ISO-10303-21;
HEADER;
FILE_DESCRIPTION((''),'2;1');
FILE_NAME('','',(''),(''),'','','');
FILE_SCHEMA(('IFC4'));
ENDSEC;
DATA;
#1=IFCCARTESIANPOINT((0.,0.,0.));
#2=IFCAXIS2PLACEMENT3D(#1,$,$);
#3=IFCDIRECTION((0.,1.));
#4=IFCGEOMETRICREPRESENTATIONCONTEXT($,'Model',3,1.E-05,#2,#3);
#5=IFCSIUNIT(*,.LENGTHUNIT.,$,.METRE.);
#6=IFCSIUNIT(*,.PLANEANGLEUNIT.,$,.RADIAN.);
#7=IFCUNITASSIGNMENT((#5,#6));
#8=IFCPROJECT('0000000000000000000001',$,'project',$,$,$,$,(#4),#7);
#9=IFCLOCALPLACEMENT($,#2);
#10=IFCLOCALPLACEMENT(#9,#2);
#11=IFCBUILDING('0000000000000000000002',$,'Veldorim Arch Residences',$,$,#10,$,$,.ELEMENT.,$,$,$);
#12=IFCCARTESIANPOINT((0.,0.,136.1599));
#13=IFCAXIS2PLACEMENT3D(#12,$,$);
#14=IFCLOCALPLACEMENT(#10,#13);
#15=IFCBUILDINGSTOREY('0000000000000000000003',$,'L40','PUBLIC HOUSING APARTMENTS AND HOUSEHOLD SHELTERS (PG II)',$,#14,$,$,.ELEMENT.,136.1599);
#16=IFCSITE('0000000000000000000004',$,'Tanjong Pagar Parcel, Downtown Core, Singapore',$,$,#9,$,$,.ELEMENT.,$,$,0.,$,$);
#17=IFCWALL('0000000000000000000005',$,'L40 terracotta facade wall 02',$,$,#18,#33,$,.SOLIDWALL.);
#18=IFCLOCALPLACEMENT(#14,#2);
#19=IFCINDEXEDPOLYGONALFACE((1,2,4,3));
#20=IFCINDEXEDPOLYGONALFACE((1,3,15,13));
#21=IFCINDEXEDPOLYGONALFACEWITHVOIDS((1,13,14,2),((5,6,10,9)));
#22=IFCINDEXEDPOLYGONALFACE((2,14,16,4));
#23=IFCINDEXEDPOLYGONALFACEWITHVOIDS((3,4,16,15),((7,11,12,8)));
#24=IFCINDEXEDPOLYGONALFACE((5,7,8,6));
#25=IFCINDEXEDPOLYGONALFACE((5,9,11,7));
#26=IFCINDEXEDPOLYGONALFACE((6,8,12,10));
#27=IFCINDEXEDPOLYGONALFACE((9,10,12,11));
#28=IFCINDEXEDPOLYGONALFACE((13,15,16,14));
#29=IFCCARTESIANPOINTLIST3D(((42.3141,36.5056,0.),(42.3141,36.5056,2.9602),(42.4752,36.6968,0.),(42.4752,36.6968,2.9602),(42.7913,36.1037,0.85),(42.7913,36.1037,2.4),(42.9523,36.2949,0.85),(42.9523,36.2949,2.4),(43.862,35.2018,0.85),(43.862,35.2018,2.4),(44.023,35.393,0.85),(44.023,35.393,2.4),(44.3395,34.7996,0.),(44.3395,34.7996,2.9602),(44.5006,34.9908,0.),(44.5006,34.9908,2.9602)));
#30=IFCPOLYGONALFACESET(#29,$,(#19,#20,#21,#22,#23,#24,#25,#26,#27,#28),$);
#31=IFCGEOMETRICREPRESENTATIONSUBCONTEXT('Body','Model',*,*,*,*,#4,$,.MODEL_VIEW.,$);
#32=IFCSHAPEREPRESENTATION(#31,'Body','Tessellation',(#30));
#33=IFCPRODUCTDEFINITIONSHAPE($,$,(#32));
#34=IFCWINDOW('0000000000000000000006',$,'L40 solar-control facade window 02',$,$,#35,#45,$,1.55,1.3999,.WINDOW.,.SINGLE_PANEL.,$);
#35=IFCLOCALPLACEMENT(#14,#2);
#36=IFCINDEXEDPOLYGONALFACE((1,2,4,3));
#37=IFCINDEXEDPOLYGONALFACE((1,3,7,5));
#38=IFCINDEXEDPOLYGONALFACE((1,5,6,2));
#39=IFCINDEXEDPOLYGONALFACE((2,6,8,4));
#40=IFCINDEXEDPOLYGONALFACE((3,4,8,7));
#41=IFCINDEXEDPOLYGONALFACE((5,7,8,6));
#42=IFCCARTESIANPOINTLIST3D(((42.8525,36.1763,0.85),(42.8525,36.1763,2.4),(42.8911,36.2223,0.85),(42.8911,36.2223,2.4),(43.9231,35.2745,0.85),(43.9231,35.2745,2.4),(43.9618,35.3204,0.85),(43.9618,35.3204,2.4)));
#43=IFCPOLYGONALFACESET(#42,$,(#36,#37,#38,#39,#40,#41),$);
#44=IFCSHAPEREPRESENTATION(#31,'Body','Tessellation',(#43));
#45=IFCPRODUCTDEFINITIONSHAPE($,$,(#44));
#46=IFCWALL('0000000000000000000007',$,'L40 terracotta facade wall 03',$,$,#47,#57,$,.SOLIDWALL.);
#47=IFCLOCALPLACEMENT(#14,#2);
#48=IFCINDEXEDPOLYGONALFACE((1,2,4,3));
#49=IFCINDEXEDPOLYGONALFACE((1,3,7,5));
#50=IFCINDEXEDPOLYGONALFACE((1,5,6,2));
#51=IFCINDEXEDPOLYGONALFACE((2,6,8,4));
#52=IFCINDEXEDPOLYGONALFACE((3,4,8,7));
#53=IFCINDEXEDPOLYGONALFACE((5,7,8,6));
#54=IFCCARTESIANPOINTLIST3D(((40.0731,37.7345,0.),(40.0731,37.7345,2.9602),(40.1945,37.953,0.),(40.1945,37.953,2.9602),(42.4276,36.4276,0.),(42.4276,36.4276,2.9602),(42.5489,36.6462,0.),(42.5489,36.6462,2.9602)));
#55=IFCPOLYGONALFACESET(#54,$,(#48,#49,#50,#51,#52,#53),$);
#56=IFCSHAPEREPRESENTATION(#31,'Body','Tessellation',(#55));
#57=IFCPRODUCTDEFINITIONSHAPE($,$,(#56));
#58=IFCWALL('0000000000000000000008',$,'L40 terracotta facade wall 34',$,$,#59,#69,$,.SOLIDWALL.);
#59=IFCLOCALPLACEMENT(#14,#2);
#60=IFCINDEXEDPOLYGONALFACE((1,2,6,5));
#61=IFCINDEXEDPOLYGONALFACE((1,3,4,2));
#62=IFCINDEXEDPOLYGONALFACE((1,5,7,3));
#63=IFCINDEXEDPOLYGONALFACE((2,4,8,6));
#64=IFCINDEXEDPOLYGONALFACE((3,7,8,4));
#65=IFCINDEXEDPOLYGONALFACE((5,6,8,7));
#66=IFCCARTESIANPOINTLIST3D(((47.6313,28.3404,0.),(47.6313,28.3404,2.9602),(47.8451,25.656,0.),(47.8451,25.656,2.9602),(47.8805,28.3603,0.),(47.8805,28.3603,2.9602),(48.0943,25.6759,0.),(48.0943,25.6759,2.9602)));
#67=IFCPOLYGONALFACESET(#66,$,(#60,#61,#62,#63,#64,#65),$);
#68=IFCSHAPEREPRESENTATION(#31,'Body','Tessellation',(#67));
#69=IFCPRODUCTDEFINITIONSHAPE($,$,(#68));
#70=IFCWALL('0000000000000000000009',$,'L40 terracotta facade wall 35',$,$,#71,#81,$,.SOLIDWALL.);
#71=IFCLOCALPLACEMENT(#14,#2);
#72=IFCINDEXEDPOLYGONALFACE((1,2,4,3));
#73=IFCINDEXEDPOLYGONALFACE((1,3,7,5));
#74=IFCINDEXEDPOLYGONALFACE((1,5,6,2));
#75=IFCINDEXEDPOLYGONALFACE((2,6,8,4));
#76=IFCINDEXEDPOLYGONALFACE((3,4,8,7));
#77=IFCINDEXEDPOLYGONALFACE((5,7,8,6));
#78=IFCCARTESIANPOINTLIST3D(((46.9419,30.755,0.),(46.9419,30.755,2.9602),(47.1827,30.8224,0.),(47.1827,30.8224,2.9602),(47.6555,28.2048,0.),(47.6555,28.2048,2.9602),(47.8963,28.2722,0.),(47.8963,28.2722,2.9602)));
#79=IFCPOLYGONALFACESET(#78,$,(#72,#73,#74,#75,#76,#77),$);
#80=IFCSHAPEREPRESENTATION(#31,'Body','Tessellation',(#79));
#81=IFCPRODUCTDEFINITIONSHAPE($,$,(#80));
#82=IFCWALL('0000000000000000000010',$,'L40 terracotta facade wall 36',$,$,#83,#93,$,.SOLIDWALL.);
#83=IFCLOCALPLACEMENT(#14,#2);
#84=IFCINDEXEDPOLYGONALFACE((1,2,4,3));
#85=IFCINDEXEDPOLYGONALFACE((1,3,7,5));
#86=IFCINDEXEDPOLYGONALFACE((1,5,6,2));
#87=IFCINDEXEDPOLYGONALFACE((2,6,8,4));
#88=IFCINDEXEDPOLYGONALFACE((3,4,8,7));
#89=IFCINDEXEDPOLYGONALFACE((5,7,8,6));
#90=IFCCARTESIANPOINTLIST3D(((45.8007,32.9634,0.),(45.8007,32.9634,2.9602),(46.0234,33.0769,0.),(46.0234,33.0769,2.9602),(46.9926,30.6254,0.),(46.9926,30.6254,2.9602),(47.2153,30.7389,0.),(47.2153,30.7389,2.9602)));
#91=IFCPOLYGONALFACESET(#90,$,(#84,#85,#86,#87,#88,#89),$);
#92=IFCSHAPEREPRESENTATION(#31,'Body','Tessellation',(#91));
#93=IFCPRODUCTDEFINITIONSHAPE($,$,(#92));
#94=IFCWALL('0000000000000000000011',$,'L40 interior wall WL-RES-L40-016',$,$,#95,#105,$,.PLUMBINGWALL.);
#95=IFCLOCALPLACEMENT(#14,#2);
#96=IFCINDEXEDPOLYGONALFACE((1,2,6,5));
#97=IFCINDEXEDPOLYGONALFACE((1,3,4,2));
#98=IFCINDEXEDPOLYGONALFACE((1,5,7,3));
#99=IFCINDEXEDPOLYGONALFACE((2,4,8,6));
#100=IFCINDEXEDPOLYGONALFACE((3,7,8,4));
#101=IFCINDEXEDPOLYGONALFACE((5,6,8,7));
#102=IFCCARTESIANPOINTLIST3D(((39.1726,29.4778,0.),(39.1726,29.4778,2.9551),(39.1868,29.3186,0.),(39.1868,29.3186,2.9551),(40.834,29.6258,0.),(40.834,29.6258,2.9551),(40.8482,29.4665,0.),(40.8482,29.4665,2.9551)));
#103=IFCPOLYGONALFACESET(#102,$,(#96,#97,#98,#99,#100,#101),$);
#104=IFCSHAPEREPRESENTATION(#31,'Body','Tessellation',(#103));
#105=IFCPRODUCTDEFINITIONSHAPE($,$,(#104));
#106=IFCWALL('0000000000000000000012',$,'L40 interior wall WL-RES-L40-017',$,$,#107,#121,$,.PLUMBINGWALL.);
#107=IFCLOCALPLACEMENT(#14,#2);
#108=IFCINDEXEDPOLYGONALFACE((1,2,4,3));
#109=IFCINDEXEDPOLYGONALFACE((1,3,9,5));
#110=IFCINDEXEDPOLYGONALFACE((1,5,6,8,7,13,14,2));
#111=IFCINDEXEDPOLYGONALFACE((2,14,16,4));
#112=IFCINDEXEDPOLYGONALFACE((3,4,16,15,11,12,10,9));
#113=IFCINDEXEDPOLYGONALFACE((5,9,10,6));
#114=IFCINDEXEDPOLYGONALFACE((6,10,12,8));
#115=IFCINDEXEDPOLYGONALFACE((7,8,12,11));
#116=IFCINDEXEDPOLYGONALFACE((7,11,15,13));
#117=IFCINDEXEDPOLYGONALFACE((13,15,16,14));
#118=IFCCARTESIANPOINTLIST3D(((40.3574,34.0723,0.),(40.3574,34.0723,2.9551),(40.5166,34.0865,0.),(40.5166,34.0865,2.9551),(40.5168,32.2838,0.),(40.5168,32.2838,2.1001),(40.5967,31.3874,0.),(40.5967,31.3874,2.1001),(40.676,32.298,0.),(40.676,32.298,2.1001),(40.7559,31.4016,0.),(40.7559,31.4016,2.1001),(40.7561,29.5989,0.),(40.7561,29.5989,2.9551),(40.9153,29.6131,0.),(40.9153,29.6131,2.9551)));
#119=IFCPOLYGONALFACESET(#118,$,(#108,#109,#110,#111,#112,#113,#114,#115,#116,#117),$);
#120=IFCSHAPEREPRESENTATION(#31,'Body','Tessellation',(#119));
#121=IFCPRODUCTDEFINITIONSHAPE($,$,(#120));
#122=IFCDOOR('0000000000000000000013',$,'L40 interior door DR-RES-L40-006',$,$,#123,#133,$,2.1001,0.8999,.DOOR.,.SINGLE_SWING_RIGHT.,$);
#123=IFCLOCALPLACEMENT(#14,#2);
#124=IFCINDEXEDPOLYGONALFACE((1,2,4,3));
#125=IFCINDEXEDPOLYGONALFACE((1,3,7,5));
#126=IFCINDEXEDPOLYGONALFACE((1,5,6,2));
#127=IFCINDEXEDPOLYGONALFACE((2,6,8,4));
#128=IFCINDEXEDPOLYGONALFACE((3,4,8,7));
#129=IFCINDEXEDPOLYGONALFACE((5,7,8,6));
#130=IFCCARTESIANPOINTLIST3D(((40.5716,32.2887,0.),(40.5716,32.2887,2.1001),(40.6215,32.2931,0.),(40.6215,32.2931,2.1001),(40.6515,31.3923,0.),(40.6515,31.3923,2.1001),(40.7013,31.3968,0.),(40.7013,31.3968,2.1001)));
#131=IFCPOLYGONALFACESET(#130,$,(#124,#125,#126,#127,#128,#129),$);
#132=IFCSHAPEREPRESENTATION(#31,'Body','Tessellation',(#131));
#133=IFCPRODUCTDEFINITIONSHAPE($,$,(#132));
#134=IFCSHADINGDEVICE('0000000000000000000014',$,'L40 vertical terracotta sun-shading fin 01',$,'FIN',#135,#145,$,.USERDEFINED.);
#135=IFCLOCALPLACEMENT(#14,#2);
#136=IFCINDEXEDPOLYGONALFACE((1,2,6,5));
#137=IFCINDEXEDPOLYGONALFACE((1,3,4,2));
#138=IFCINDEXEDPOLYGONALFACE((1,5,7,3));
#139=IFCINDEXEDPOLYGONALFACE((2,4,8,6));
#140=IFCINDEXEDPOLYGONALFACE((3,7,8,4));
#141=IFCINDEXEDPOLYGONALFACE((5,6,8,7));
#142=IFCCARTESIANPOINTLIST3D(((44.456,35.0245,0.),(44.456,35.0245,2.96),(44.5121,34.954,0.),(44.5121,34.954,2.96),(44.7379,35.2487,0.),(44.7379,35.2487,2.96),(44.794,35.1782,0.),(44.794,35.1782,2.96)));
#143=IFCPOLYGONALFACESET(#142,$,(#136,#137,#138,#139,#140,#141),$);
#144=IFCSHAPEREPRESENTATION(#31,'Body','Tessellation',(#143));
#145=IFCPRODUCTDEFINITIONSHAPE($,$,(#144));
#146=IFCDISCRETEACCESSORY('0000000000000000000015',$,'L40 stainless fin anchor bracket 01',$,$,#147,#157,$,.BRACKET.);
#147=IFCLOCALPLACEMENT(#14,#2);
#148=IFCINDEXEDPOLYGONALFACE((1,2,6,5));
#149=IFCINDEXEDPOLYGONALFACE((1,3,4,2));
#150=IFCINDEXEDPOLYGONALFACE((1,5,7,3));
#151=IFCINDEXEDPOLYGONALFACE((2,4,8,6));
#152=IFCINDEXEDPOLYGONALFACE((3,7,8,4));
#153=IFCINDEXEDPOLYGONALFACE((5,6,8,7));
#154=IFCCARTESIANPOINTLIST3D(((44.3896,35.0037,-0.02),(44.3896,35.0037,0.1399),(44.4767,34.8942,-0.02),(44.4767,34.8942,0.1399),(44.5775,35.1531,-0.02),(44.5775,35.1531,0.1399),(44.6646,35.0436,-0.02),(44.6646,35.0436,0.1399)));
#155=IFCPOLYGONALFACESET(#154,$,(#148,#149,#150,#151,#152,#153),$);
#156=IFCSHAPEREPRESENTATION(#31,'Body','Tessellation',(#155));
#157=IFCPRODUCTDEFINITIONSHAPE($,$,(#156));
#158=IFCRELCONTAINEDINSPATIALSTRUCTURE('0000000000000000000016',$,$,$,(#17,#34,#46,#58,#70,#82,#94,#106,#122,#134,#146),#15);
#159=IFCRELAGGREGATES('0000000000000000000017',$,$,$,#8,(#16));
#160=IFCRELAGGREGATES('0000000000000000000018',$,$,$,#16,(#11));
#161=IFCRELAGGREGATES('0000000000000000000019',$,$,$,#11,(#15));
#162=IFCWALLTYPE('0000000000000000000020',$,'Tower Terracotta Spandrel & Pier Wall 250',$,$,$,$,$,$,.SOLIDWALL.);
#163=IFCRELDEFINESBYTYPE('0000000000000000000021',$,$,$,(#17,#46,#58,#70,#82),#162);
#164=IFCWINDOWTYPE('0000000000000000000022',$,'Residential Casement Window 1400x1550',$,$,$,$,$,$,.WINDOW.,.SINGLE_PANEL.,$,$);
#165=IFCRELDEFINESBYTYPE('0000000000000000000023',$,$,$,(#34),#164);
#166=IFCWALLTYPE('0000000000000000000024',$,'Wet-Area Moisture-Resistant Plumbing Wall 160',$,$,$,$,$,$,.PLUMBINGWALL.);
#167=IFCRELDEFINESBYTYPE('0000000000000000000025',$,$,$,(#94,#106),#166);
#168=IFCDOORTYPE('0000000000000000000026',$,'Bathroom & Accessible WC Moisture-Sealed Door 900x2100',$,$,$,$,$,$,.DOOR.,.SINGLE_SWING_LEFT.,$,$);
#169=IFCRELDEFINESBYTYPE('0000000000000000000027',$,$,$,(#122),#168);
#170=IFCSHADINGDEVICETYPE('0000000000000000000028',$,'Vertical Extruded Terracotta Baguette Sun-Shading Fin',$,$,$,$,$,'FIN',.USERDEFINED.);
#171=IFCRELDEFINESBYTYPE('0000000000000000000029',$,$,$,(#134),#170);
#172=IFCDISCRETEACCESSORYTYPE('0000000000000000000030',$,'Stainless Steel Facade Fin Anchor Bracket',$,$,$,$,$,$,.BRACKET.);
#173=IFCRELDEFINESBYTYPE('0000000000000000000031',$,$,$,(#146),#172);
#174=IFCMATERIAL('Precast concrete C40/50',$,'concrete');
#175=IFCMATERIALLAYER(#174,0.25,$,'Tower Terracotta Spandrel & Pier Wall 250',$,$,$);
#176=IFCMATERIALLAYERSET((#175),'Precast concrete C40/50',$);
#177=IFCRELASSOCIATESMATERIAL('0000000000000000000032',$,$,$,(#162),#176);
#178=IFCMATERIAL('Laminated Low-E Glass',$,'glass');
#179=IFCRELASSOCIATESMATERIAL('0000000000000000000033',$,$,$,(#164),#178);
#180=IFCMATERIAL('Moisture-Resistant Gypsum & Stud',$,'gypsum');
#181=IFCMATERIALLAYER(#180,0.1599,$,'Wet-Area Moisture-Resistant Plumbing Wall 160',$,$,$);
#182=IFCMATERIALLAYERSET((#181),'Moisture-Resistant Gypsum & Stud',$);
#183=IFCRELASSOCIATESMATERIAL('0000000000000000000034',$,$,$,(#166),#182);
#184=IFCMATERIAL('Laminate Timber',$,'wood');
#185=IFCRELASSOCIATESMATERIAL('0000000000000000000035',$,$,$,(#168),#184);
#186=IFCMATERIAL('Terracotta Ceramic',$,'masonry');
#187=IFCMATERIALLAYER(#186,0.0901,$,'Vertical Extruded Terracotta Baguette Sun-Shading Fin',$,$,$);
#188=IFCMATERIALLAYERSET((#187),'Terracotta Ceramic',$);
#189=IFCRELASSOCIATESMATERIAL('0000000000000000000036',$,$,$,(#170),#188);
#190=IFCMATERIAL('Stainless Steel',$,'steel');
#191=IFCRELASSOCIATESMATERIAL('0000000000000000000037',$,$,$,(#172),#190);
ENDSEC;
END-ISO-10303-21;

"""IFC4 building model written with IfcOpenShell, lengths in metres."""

from ifc_helpers import new_model, si_unit, direction, frame, frame_2d, origin, origin_2d, place, context, subcontext, project, spatial, rectangle, extrude, material, layer, layer_set, type_object, element, fill, save


model = new_model("IFC4")

# Units and contexts
model_context = context("Model", 3, precision=1e-05, world=origin(), true_north=direction((0.0, 1.0)))
body_context = subcontext(model_context, "Body", "Model", "MODEL_VIEW")
ifc_project = project(units=[si_unit("LENGTHUNIT", "METRE"), si_unit("PLANEANGLEUNIT", "RADIAN")], contexts=[model_context])

# Site, building, storey
site_placement = place(None, origin())
site = spatial("IfcSite", under=ifc_project, at=site_placement, Name="Tanjong Pagar Parcel, Downtown Core, Singapore", CompositionType="ELEMENT", RefElevation=0.0)
building_placement = place(site_placement, origin())
building = spatial("IfcBuilding", under=site, at=building_placement, Name="Veldorim Arch Residences", CompositionType="ELEMENT")
storey_placement = place(building_placement, frame((0.0, 0.0, 136.1599)))
storey = spatial("IfcBuildingStorey", under=building, at=storey_placement, Name="L40", Description="PUBLIC HOUSING APARTMENTS AND HOUSEHOLD SHELTERS (PG II)", CompositionType="ELEMENT", Elevation=136.1599)

# Wall, opening, window
ifc_material_1 = material(Name="Precast concrete C40/50", Category="concrete")
ifc_layer_1 = layer(ifc_material_1, 0.25, Name="Tower Terracotta Spandrel & Pier Wall 250")
ifc_layer_set_1 = layer_set([ifc_layer_1], Name="Precast concrete C40/50")
wall_type_1 = type_object("IfcWallType", Name="Tower Terracotta Spandrel & Pier Wall 250", PredefinedType="SOLIDWALL", material=ifc_layer_set_1)
wall_1_placement = place(storey_placement, frame((42.3945, 36.6013, 0.0), z_axis=(0.0, 0.0, 1.0), x_axis=(0.764825, -0.644238, 0.0)))
wall_1 = element("IfcWall", 1, at=wall_1_placement, inside=storey, type_object=wall_type_1, Name="L40 terracotta facade wall 02", PredefinedType="SOLIDWALL", context=body_context, shape_type="SweptSolid", body=[
    extrude(rectangle(XDim=2.6482, YDim=0.25, at=frame_2d((1.3242, 0.0))), origin(), (0.0, 0.0, 1.0), 2.9602),
])
opening_1_placement = place(wall_1_placement, frame((0.624, 0.0, 0.8501)))
opening_1 = element("IfcOpeningElement", 2, at=opening_1_placement, cuts=wall_1, PredefinedType="OPENING", context=body_context, shape_type="SweptSolid", body=[
    extrude(rectangle(XDim=1.3999, YDim=1.55, at=frame_2d((0.7, 0.7749))), frame((0.0, 0.135, 0.0), z_axis=(0.0, -1.0, 0.0), x_axis=(1.0, 0.0, 0.0)), (0.0, 0.0, 1.0), 0.27),
])
ifc_material_2 = material(Name="Laminated Low-E Glass", Category="glass")
window_type = type_object("IfcWindowType", Name="Residential Casement Window 1400x1550", PartitioningType="SINGLE_PANEL", PredefinedType="WINDOW", material=ifc_material_2)
window_placement = place(opening_1_placement, origin())
window = element("IfcWindow", 3, at=window_placement, inside=storey, type_object=window_type, Name="L40 solar-control facade window 02", OverallHeight=1.55, OverallWidth=1.3999, PartitioningType="SINGLE_PANEL", PredefinedType="WINDOW", context=body_context, shape_type="SweptSolid", body=[
    extrude(rectangle(XDim=1.3999, YDim=1.55, at=frame_2d((0.7, 0.7749))), frame((0.0, 0.03, 0.0), z_axis=(0.0, -1.0, 0.0), x_axis=(1.0, 0.0, 0.0)), (0.0, 0.0, 1.0), 0.0601),
])
fill(opening_1, window)

# Walls
for number, where, z_axis, x_axis, name in (
    (4, (40.1338, 37.8438, 0.0), (0.0, 0.0, 1.0), (0.874341, -0.485312, 0.0), "L40 terracotta facade wall 03"),
    (5, (47.7559, 28.3503, 0.0), (0.0, 0.0, 1.0), (0.079421, -0.996841, 0.0), "L40 terracotta facade wall 34"),
):
    element("IfcWall", number, at=place(storey_placement, frame(where, z_axis=z_axis, x_axis=x_axis)), inside=storey, type_object=wall_type_1, Name=name, PredefinedType="SOLIDWALL", context=body_context, shape_type="SweptSolid", body=[
        extrude(rectangle(XDim=2.6929, YDim=0.25, at=frame_2d((1.3464, 0.0))), origin(), (0.0, 0.0, 1.0), 2.9602),
    ])
wall_2_placement = place(storey_placement, frame((47.0623, 30.7888, 0.0), z_axis=(0.0, 0.0, 1.0), x_axis=(0.269469, -0.963009, 0.0)))
element("IfcWall", 6, at=wall_2_placement, inside=storey, type_object=wall_type_1, Name="L40 terracotta facade wall 35", PredefinedType="SOLIDWALL", context=body_context, shape_type="SweptSolid", body=[
    extrude(rectangle(XDim=2.6482, YDim=0.25, at=frame_2d((1.3242, 0.0))), origin(), (0.0, 0.0, 1.0), 2.9602),
])
wall_3_placement = place(storey_placement, frame((45.9121, 33.02, 0.0), z_axis=(0.0, 0.0, 1.0), x_axis=(0.454196, -0.890902, 0.0)))
element("IfcWall", 7, at=wall_3_placement, inside=storey, type_object=wall_type_1, Name="L40 terracotta facade wall 36", PredefinedType="SOLIDWALL", context=body_context, shape_type="SweptSolid", body=[
    extrude(rectangle(XDim=2.6243, YDim=0.25, at=frame_2d((1.312, 0.0))), origin(), (0.0, 0.0, 1.0), 2.9602),
])
ifc_material_3 = material(Name="Moisture-Resistant Gypsum & Stud", Category="gypsum")
ifc_layer_2 = layer(ifc_material_3, 0.1599, Name="Wet-Area Moisture-Resistant Plumbing Wall 160")
ifc_layer_set_2 = layer_set([ifc_layer_2], Name="Moisture-Resistant Gypsum & Stud")
wall_type_2 = type_object("IfcWallType", Name="Wet-Area Moisture-Resistant Plumbing Wall 160", PredefinedType="PLUMBINGWALL", material=ifc_layer_set_2)
wall_4_placement = place(storey_placement, frame((39.1797, 29.3982, 0.0), z_axis=(0.0, 0.0, 1.0), x_axis=(0.996058, 0.088701, 0.0)))
element("IfcWall", 8, at=wall_4_placement, inside=storey, type_object=wall_type_2, Name="L40 interior wall WL-RES-L40-016", PredefinedType="PLUMBINGWALL", context=body_context, shape_type="SweptSolid", body=[
    extrude(rectangle(XDim=1.668, YDim=0.1599, at=frame_2d((0.834, 0.0))), origin(), (0.0, 0.0, 1.0), 2.9551),
])

# Wall, opening, door
wall_5_placement = place(storey_placement, frame((40.8357, 29.606, 0.0), z_axis=(0.0, 0.0, 1.0), x_axis=(-0.088771, 0.996052, 0.0)))
wall_5 = element("IfcWall", 9, at=wall_5_placement, inside=storey, type_object=wall_type_2, Name="L40 interior wall WL-RES-L40-017", PredefinedType="PLUMBINGWALL", context=body_context, shape_type="SweptSolid", body=[
    extrude(rectangle(XDim=4.4912, YDim=0.1599, at=frame_2d((2.2456, 0.0))), origin(), (0.0, 0.0, 1.0), 2.9551),
])
opening_2_placement = place(wall_5_placement, frame((1.7957, 0.0, 0.0)))
opening_2 = element("IfcOpeningElement", 10, at=opening_2_placement, cuts=wall_5, PredefinedType="OPENING", context=body_context, shape_type="SweptSolid", body=[
    extrude(rectangle(XDim=0.8999, YDim=2.1001, at=frame_2d((0.45, 1.05))), frame((0.0, 0.0898, 0.0), z_axis=(0.0, -1.0, 0.0), x_axis=(1.0, 0.0, 0.0)), (0.0, 0.0, 1.0), 0.1799),
])
ifc_material_4 = material(Name="Laminate Timber", Category="wood")
door_type = type_object("IfcDoorType", Name="Bathroom & Accessible WC Moisture-Sealed Door 900x2100", OperationType="SINGLE_SWING_LEFT", PredefinedType="DOOR", material=ifc_material_4)
door_placement = place(opening_2_placement, origin())
door = element("IfcDoor", 11, at=door_placement, inside=storey, type_object=door_type, Name="L40 interior door DR-RES-L40-006", OperationType="SINGLE_SWING_RIGHT", OverallHeight=2.1001, OverallWidth=0.8999, PredefinedType="DOOR", context=body_context, shape_type="SweptSolid", body=[
    extrude(rectangle(XDim=0.8999, YDim=2.1001, at=frame_2d((0.45, 1.05))), frame((0.0, 0.0249, 0.0), z_axis=(0.0, -1.0, 0.0), x_axis=(1.0, 0.0, 0.0)), (0.0, 0.0, 1.0), 0.05),
])
fill(opening_2, door)

# Shading device
ifc_material_5 = material(Name="Terracotta Ceramic", Category="masonry")
ifc_layer_3 = layer(ifc_material_5, 0.0901, Name="Vertical Extruded Terracotta Baguette Sun-Shading Fin")
ifc_layer_set_3 = layer_set([ifc_layer_3], Name="Terracotta Ceramic")
shading_device_type = type_object("IfcShadingDeviceType", Name="Vertical Extruded Terracotta Baguette Sun-Shading Fin", ElementType="FIN", PredefinedType="USERDEFINED", material=ifc_layer_set_3)
shading_device_placement = place(storey_placement, frame((44.625, 35.1013, 0.0), z_axis=(0.0, 0.0, 1.0), x_axis=(0.622515, -0.782608, 0.0)))
element("IfcShadingDevice", 12, at=shading_device_placement, inside=storey, type_object=shading_device_type, Name="L40 vertical terracotta sun-shading fin 01", ObjectType="FIN", PredefinedType="USERDEFINED", context=body_context, shape_type="SweptSolid", body=[
    extrude(rectangle(XDim=0.0901, YDim=0.3601, at=origin_2d()), origin(), (0.0, 0.0, 1.0), 2.96),
])

# Discrete accessory
ifc_material_6 = material(Name="Stainless Steel", Category="steel")
discrete_accessory_type = type_object("IfcDiscreteAccessoryType", Name="Stainless Steel Facade Fin Anchor Bracket", PredefinedType="BRACKET", material=ifc_material_6)
discrete_accessory_placement = place(storey_placement, frame((44.5271, 35.0237, -0.02), z_axis=(0.0, 0.0, 1.0), x_axis=(0.622515, -0.782608, 0.0)))
element("IfcDiscreteAccessory", 13, at=discrete_accessory_placement, inside=storey, type_object=discrete_accessory_type, Name="L40 stainless fin anchor bracket 01", PredefinedType="BRACKET", context=body_context, shape_type="SweptSolid", body=[
    extrude(rectangle(XDim=0.1399, YDim=0.24, at=origin_2d()), origin(), (0.0, 0.0, 1.0), 0.1599),
])

save(model, "model.ifc")
